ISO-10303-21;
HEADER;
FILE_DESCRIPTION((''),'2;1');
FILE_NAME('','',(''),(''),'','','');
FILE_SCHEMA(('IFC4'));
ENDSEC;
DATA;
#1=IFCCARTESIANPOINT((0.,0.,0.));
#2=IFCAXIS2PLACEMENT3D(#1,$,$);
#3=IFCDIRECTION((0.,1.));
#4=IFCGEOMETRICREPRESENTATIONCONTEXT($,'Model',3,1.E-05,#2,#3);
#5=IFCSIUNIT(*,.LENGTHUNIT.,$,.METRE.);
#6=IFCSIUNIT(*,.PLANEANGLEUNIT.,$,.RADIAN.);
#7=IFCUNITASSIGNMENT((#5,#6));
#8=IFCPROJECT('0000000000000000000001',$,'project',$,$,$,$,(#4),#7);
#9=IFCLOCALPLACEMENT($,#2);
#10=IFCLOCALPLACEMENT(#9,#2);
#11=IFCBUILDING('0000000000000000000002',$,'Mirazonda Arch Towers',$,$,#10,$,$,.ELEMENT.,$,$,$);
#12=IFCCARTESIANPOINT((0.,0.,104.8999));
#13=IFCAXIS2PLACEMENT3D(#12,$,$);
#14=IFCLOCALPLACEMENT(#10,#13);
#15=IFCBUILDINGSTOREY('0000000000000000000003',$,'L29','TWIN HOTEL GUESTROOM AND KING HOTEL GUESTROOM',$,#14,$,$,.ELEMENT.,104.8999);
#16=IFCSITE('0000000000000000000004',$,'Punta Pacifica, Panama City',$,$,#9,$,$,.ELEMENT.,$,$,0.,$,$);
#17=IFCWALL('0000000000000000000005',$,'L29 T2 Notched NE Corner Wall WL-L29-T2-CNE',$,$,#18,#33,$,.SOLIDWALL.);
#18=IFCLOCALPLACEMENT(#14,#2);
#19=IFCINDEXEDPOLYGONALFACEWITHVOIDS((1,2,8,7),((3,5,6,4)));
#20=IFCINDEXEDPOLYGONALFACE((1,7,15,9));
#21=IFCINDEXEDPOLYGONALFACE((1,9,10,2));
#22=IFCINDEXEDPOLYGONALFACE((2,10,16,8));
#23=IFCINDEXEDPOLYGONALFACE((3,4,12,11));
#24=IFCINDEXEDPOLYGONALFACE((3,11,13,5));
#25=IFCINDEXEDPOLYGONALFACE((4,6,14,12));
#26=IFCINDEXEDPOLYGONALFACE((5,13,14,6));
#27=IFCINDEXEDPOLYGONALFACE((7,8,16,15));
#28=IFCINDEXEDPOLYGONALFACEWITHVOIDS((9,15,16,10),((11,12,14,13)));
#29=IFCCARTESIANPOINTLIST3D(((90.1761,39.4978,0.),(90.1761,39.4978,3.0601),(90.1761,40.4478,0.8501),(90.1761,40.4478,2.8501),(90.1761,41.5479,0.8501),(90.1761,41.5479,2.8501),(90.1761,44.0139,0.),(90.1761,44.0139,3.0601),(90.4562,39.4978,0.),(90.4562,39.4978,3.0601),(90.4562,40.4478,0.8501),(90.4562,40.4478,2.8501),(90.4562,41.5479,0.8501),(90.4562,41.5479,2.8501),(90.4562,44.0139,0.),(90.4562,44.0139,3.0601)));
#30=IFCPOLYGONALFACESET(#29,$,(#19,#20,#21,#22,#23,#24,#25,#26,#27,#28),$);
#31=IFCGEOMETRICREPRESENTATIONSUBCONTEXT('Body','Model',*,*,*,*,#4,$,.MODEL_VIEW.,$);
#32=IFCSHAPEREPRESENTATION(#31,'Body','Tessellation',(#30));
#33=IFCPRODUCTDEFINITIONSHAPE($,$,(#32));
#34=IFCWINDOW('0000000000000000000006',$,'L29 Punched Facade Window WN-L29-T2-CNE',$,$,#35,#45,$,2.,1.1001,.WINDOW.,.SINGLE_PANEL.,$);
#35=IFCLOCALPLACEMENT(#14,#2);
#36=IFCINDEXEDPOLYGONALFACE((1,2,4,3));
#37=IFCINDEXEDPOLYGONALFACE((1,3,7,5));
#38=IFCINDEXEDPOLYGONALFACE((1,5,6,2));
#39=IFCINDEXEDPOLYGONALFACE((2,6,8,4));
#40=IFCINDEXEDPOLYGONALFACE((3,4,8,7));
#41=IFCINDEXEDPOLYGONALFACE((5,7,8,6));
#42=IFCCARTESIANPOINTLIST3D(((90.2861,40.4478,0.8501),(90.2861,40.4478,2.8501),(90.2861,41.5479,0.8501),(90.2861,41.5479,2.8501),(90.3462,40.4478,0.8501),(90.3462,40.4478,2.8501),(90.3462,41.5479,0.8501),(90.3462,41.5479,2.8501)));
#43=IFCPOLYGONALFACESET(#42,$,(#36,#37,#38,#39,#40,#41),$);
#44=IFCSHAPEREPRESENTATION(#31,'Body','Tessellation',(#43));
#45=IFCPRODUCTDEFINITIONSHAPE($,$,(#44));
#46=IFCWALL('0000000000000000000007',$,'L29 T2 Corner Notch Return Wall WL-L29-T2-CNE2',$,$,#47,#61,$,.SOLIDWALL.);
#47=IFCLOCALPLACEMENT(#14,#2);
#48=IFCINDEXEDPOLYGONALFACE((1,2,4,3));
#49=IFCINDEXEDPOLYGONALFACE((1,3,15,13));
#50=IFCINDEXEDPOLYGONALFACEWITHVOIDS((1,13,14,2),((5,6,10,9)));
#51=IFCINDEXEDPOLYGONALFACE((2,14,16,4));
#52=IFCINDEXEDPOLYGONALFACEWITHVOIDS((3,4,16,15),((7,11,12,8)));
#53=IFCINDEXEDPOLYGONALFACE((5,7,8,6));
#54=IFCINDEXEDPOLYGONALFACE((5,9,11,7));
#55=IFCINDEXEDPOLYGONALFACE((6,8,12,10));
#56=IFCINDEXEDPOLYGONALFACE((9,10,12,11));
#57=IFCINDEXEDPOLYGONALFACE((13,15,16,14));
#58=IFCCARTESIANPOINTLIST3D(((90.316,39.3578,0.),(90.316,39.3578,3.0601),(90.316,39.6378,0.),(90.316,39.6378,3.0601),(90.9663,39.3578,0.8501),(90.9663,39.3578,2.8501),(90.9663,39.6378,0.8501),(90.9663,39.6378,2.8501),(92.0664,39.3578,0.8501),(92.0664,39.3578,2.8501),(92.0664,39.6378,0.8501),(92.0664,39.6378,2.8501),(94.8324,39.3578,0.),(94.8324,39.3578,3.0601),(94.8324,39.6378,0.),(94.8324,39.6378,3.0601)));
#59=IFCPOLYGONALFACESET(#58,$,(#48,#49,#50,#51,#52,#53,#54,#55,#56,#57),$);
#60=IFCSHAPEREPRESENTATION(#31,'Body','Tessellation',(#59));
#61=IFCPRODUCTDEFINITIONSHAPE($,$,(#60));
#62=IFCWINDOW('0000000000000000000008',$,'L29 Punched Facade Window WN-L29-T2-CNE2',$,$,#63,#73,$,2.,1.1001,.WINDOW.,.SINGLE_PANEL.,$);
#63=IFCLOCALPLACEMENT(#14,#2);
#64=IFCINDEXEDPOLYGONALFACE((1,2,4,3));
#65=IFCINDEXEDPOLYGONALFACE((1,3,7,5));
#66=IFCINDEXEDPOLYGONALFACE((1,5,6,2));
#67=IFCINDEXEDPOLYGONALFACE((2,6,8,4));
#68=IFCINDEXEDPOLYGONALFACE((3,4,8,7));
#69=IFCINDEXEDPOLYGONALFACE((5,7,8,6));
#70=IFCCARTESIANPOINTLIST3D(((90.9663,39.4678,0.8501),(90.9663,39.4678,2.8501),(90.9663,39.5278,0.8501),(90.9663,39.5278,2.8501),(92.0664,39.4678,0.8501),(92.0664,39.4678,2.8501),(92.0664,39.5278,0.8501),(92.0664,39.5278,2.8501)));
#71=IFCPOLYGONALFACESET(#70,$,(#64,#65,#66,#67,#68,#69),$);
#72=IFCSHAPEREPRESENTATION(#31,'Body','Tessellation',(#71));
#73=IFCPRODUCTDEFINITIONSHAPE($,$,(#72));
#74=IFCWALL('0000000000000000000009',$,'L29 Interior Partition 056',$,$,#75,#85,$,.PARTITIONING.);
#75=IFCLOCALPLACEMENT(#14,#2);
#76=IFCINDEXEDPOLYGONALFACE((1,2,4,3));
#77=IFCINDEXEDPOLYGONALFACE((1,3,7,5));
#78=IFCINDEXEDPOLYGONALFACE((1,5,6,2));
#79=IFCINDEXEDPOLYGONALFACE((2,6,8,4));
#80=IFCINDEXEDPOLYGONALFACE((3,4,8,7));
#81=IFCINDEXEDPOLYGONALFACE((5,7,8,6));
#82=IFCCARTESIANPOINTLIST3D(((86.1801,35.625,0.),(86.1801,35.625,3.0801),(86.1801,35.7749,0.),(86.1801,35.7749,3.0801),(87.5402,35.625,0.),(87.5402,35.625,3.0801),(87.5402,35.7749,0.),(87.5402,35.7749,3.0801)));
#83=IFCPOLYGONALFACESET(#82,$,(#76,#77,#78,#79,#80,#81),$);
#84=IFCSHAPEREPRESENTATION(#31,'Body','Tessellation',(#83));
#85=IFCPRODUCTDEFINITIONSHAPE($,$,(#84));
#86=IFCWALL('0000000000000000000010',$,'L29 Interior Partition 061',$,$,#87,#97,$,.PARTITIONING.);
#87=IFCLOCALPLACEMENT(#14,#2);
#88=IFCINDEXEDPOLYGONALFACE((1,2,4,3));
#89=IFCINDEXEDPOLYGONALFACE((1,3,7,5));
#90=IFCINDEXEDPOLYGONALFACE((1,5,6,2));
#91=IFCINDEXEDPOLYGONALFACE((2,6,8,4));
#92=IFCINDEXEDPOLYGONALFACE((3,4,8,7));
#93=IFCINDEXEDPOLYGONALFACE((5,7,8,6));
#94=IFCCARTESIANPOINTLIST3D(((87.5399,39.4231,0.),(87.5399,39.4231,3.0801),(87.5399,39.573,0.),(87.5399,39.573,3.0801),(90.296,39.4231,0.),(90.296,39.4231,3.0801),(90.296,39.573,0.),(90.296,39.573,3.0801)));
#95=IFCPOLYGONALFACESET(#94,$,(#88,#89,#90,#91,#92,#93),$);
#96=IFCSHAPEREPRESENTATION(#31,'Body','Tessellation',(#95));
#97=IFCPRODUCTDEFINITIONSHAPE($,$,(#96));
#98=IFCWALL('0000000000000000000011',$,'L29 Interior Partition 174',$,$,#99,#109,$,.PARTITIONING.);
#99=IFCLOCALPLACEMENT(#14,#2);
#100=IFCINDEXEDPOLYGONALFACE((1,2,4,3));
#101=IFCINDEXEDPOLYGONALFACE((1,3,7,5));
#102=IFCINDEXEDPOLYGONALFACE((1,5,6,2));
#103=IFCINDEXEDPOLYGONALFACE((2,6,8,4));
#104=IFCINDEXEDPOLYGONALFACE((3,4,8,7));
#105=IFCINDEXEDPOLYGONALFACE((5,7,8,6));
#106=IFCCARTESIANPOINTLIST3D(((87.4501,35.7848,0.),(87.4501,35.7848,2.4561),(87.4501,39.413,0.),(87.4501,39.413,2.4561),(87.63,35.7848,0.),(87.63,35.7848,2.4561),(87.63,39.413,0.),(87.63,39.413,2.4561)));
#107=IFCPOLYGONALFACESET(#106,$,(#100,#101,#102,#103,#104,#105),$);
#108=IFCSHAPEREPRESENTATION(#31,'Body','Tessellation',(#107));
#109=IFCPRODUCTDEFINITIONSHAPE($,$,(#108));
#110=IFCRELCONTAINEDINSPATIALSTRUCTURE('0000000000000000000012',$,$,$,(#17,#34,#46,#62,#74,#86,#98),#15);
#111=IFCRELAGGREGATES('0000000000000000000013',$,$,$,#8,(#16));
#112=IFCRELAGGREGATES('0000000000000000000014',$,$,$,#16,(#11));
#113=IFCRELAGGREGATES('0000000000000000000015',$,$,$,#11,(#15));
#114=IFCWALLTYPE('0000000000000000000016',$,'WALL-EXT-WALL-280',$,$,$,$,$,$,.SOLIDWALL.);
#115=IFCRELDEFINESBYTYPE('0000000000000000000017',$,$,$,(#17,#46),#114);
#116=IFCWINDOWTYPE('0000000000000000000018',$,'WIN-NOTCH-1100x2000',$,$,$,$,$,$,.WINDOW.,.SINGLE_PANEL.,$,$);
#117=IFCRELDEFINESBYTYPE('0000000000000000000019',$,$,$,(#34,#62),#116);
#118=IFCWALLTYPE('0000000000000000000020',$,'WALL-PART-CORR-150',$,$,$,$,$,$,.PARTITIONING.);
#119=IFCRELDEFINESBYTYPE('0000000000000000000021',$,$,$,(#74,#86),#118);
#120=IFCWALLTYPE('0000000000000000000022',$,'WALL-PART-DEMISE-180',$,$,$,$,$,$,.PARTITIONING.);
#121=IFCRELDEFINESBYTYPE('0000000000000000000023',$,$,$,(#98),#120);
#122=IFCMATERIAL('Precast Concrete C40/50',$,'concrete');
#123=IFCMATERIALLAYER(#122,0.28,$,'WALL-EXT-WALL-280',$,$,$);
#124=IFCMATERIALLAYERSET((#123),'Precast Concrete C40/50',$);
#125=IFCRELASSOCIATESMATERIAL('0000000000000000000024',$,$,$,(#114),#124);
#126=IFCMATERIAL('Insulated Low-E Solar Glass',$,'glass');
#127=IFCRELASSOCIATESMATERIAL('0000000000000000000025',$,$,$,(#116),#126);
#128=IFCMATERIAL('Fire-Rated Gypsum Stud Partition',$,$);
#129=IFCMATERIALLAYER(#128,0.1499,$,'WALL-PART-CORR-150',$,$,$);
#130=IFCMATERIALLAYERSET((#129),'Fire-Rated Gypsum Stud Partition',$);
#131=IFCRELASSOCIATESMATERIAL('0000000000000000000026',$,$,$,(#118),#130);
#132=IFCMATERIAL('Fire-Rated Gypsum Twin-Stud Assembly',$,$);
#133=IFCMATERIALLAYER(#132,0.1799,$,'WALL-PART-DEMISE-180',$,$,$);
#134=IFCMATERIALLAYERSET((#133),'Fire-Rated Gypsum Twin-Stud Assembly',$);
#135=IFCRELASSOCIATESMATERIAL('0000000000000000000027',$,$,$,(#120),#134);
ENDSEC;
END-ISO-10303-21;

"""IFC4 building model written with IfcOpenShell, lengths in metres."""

from ifc_helpers import new_model, si_unit, direction, frame, frame_2d, origin, place, context, subcontext, project, spatial, rectangle, extrude, material, layer, layer_set, type_object, element, fill, save


model = new_model("IFC4")

# Units and contexts
model_context = context("Model", 3, precision=1e-05, world=origin(), true_north=direction((0.0, 1.0)))
body_context = subcontext(model_context, "Body", "Model", "MODEL_VIEW")
ifc_project = project(units=[si_unit("LENGTHUNIT", "METRE"), si_unit("PLANEANGLEUNIT", "RADIAN")], contexts=[model_context])

# Site, building, storey
site_placement = place(None, origin())
site = spatial("IfcSite", under=ifc_project, at=site_placement, Name="Punta Pacifica, Panama City", CompositionType="ELEMENT", RefElevation=0.0)
building_placement = place(site_placement, origin())
building = spatial("IfcBuilding", under=site, at=building_placement, Name="Mirazonda Arch Towers", CompositionType="ELEMENT")
storey_placement = place(building_placement, frame((0.0, 0.0, 104.8999)))
storey = spatial("IfcBuildingStorey", under=building, at=storey_placement, Name="L29", Description="TWIN HOTEL GUESTROOM AND KING HOTEL GUESTROOM", CompositionType="ELEMENT", Elevation=104.8999)

# Shared definitions
ifc_material_1 = material(Name="Insulated Low-E Solar Glass", Category="glass")

# Walls, openings, windows
ifc_material_2 = material(Name="Precast Concrete C40/50", Category="concrete")
ifc_layer_1 = layer(ifc_material_2, 0.28, Name="WALL-EXT-WALL-280")
ifc_layer_set_1 = layer_set([ifc_layer_1], Name="Precast Concrete C40/50")
wall_type_1 = type_object("IfcWallType", Name="WALL-EXT-WALL-280", PredefinedType="SOLIDWALL", material=ifc_layer_set_1)
wall_1_placement = place(storey_placement, frame((90.3162, 39.4978, 0.0), z_axis=(0.0, 0.0, 1.0), x_axis=(0.0, 1.0, 0.0)))
wall_1 = element("IfcWall", 1, at=wall_1_placement, inside=storey, type_object=wall_type_1, Name="L29 T2 Notched NE Corner Wall WL-L29-T2-CNE", PredefinedType="SOLIDWALL", context=body_context, shape_type="SweptSolid", body=[
    extrude(rectangle(XDim=4.5161, YDim=0.28, at=frame_2d((2.2581, 0.0))), origin(), (0.0, 0.0, 1.0), 3.0601),
])
opening_1_placement = place(wall_1_placement, frame((0.95, 0.0, 0.8501)))
opening_1 = element("IfcOpeningElement", 2, at=opening_1_placement, cuts=wall_1, PredefinedType="OPENING", context=body_context, shape_type="SweptSolid", body=[
    extrude(rectangle(XDim=1.1001, YDim=2.0, at=frame_2d((0.55, 1.0))), frame((0.0, 0.1499, 0.0), z_axis=(0.0, -1.0, 0.0), x_axis=(1.0, 0.0, 0.0)), (0.0, 0.0, 1.0), 0.3),
])
window_type = type_object("IfcWindowType", Name="WIN-NOTCH-1100x2000", PartitioningType="SINGLE_PANEL", PredefinedType="WINDOW", material=ifc_material_1)
window_1_placement = place(opening_1_placement, origin())
window_1 = element("IfcWindow", 3, at=window_1_placement, inside=storey, type_object=window_type, Name="L29 Punched Facade Window WN-L29-T2-CNE", OverallHeight=2.0, OverallWidth=1.1001, PartitioningType="SINGLE_PANEL", PredefinedType="WINDOW", context=body_context, shape_type="SweptSolid", body=[
    extrude(rectangle(XDim=1.1001, YDim=2.0, at=frame_2d((0.55, 1.0))), frame((0.0, 0.03, 0.0), z_axis=(0.0, -1.0, 0.0), x_axis=(1.0, 0.0, 0.0)), (0.0, 0.0, 1.0), 0.0601),
])
fill(opening_1, window_1)
wall_2_placement = place(storey_placement, frame((94.8325, 39.4978, 0.0), z_axis=(0.0, 0.0, 1.0), x_axis=(-1.0, 0.0, 0.0)))
wall_2 = element("IfcWall", 4, at=wall_2_placement, inside=storey, type_object=wall_type_1, Name="L29 T2 Corner Notch Return Wall WL-L29-T2-CNE2", PredefinedType="SOLIDWALL", context=body_context, shape_type="SweptSolid", body=[
    extrude(rectangle(XDim=4.5164, YDim=0.28, at=frame_2d((2.2583, 0.0))), origin(), (0.0, 0.0, 1.0), 3.0601),
])
opening_2_placement = place(wall_2_placement, frame((2.7661, 0.0, 0.8501)))
opening_2 = element("IfcOpeningElement", 5, at=opening_2_placement, cuts=wall_2, PredefinedType="OPENING", context=body_context, shape_type="SweptSolid", body=[
    extrude(rectangle(XDim=1.1001, YDim=2.0, at=frame_2d((0.55, 1.0))), frame((0.0, 0.1499, 0.0), z_axis=(0.0, -1.0, 0.0), x_axis=(1.0, 0.0, 0.0)), (0.0, 0.0, 1.0), 0.3),
])
window_2_placement = place(opening_2_placement, origin())
window_2 = element("IfcWindow", 6, at=window_2_placement, inside=storey, type_object=window_type, Name="L29 Punched Facade Window WN-L29-T2-CNE2", OverallHeight=2.0, OverallWidth=1.1001, PartitioningType="SINGLE_PANEL", PredefinedType="WINDOW", context=body_context, shape_type="SweptSolid", body=[
    extrude(rectangle(XDim=1.1001, YDim=2.0, at=frame_2d((0.55, 1.0))), frame((0.0, 0.03, 0.0), z_axis=(0.0, -1.0, 0.0), x_axis=(1.0, 0.0, 0.0)), (0.0, 0.0, 1.0), 0.0601),
])
fill(opening_2, window_2)

# Walls
ifc_material_3 = material(Name="Fire-Rated Gypsum Stud Partition")
ifc_layer_2 = layer(ifc_material_3, 0.1499, Name="WALL-PART-CORR-150")
ifc_layer_set_2 = layer_set([ifc_layer_2], Name="Fire-Rated Gypsum Stud Partition")
wall_type_2 = type_object("IfcWallType", Name="WALL-PART-CORR-150", PredefinedType="PARTITIONING", material=ifc_layer_set_2)
wall_3_placement = place(storey_placement, frame((86.1799, 35.7, 0.0), z_axis=(0.0, 0.0, 1.0), x_axis=(1.0, 0.0, 0.0)))
element("IfcWall", 7, at=wall_3_placement, inside=storey, type_object=wall_type_2, Name="L29 Interior Partition 056", PredefinedType="PARTITIONING", context=body_context, shape_type="SweptSolid", body=[
    extrude(rectangle(XDim=1.3601, YDim=0.1499, at=frame_2d((0.6802, 0.0))), origin(), (0.0, 0.0, 1.0), 3.0801),
])
wall_4_placement = place(storey_placement, frame((87.54, 39.498, 0.0), z_axis=(0.0, 0.0, 1.0), x_axis=(1.0, 0.0, 0.0)))
element("IfcWall", 8, at=wall_4_placement, inside=storey, type_object=wall_type_2, Name="L29 Interior Partition 061", PredefinedType="PARTITIONING", context=body_context, shape_type="SweptSolid", body=[
    extrude(rectangle(XDim=2.7561, YDim=0.1499, at=frame_2d((1.3779, 0.0))), origin(), (0.0, 0.0, 1.0), 3.0801),
])
ifc_material_4 = material(Name="Fire-Rated Gypsum Twin-Stud Assembly")
ifc_layer_3 = layer(ifc_material_4, 0.1799, Name="WALL-PART-DEMISE-180")
ifc_layer_set_3 = layer_set([ifc_layer_3], Name="Fire-Rated Gypsum Twin-Stud Assembly")
wall_type_3 = type_object("IfcWallType", Name="WALL-PART-DEMISE-180", PredefinedType="PARTITIONING", material=ifc_layer_set_3)
wall_5_placement = place(storey_placement, frame((87.54, 35.7849, 0.0), z_axis=(0.0, 0.0, 1.0), x_axis=(0.0, 1.0, 0.0)))
element("IfcWall", 9, at=wall_5_placement, inside=storey, type_object=wall_type_3, Name="L29 Interior Partition 174", PredefinedType="PARTITIONING", context=body_context, shape_type="SweptSolid", body=[
    extrude(rectangle(XDim=3.6282, YDim=0.1799, at=frame_2d((1.814, 0.0))), origin(), (0.0, 0.0, 1.0), 2.4561),
])

save(model, "model.ifc")
